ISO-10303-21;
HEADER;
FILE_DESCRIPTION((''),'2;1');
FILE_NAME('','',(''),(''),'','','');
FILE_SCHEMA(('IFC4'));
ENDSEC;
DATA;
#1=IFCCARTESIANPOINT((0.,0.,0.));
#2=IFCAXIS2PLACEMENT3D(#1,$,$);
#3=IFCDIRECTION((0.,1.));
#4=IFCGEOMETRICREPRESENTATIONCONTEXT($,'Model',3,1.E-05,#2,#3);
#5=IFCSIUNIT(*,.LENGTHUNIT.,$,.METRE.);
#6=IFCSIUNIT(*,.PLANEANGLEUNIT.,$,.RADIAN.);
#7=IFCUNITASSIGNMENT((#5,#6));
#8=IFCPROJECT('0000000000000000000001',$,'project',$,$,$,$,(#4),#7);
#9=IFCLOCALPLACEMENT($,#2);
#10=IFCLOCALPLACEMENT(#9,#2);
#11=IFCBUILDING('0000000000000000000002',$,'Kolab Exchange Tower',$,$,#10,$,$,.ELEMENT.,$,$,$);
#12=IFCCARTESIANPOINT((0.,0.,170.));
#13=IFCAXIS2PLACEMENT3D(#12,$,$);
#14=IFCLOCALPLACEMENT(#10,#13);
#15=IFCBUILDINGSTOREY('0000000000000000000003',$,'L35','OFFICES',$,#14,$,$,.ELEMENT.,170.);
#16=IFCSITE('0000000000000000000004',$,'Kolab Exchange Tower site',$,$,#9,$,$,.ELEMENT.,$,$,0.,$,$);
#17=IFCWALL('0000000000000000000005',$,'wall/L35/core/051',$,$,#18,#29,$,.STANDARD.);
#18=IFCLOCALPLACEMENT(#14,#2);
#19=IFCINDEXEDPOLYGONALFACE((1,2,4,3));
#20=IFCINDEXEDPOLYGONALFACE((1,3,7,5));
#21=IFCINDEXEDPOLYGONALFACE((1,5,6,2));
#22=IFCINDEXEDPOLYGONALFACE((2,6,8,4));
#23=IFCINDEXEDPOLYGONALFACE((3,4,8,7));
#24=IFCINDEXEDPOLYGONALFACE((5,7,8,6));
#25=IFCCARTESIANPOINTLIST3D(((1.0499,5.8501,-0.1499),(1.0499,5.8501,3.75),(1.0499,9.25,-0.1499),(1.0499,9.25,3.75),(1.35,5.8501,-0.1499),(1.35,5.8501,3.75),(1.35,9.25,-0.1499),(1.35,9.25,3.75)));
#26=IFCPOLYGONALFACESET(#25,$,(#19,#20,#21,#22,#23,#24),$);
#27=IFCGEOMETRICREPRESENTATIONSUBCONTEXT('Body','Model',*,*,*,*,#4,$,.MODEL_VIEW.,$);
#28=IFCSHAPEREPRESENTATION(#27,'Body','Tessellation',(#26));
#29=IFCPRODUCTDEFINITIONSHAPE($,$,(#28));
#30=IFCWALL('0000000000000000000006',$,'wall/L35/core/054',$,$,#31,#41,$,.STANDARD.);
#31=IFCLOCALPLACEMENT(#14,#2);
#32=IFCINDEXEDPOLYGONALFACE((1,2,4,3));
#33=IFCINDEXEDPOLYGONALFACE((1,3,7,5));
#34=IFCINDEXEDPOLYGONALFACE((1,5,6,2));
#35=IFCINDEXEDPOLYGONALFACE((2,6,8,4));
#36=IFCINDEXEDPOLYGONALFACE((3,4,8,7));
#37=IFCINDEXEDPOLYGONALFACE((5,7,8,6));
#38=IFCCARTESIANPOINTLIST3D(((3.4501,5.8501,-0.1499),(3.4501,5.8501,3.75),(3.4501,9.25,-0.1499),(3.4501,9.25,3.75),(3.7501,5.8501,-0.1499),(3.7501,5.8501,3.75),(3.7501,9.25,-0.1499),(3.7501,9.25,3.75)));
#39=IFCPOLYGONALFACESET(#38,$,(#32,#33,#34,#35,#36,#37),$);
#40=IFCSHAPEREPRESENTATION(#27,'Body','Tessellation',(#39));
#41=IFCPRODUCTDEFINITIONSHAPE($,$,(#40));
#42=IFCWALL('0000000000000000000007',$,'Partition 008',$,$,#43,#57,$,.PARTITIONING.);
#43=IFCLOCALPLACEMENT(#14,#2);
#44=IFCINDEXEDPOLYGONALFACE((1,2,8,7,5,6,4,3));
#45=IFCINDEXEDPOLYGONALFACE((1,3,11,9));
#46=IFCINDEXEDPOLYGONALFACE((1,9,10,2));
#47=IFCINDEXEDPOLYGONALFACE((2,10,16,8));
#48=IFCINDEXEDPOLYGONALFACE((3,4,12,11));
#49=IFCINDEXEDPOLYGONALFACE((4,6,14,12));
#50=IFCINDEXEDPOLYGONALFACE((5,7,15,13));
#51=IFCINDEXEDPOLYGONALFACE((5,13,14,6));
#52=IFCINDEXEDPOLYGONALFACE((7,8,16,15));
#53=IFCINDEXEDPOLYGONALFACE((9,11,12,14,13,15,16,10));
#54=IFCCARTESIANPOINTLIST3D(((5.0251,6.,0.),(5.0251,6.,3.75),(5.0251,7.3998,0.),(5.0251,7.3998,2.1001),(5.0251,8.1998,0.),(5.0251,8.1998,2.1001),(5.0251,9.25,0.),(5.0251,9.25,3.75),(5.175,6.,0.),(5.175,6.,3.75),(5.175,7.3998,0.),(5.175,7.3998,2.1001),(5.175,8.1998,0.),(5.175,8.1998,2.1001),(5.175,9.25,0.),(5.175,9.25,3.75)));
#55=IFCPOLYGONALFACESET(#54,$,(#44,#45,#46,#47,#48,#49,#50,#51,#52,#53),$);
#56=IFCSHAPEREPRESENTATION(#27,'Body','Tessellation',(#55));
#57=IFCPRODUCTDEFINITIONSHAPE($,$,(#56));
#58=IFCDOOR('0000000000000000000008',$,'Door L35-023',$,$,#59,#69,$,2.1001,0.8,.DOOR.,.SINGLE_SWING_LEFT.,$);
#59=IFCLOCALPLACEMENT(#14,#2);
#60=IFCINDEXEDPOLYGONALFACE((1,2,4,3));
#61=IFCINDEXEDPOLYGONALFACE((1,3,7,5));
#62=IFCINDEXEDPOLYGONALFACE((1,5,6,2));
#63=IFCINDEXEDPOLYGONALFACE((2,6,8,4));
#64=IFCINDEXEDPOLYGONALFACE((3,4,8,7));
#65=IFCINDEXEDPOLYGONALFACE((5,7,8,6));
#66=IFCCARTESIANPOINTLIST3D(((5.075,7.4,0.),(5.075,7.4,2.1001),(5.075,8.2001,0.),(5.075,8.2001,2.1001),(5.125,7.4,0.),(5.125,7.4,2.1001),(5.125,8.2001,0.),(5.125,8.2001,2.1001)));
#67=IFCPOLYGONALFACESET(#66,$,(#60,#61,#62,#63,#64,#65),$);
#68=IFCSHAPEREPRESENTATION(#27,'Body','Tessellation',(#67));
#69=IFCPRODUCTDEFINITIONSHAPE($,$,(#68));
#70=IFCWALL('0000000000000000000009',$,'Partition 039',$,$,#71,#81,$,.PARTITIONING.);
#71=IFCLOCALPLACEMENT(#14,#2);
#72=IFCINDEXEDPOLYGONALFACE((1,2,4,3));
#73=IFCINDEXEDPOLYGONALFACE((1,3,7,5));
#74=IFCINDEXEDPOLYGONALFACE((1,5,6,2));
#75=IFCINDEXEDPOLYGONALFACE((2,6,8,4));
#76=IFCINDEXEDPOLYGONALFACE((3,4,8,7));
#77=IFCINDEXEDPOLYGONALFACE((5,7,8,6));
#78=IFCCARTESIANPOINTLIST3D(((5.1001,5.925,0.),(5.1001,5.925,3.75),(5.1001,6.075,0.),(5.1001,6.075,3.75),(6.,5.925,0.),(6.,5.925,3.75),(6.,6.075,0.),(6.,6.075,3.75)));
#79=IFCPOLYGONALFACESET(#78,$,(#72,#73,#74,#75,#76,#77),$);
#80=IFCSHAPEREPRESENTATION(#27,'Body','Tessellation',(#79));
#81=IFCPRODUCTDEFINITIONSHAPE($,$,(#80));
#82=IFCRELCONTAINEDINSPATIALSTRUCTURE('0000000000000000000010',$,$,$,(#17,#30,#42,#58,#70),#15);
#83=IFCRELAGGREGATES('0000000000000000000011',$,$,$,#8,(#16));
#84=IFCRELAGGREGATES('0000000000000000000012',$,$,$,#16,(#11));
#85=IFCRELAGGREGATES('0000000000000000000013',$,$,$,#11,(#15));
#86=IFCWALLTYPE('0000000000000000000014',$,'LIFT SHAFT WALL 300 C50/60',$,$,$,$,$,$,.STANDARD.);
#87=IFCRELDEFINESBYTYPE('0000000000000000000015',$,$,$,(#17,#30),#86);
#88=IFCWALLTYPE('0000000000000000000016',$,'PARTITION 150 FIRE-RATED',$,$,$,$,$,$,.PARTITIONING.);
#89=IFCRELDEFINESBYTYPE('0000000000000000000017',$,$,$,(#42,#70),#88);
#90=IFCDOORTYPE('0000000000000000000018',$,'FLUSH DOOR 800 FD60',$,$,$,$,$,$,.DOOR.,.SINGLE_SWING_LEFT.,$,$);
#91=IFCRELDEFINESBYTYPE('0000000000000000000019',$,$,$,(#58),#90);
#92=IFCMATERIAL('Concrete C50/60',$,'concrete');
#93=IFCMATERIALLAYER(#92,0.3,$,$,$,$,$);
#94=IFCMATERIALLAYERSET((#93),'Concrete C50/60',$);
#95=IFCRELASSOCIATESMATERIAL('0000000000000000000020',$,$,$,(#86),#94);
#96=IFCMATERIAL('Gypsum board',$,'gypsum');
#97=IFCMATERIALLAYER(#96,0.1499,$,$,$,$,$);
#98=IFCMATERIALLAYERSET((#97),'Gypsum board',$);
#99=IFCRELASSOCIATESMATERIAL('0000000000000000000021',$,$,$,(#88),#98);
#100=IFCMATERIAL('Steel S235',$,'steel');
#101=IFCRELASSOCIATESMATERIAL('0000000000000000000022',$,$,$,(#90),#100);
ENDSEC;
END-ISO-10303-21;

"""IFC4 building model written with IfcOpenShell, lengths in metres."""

from ifc_helpers import new_model, si_unit, direction, frame, frame_2d, origin, place, context, subcontext, project, spatial, rectangle, extrude, material, layer, layer_set, type_object, element, fill, save


model = new_model("IFC4")

# Units and contexts
model_context = context("Model", 3, precision=1e-05, world=origin(), true_north=direction((0.0, 1.0)))
body_context = subcontext(model_context, "Body", "Model", "MODEL_VIEW")
ifc_project = project(units=[si_unit("LENGTHUNIT", "METRE"), si_unit("PLANEANGLEUNIT", "RADIAN")], contexts=[model_context])

# Site, building, storey
site_placement = place(None, origin())
site = spatial("IfcSite", under=ifc_project, at=site_placement, Name="Kolab Exchange Tower site", CompositionType="ELEMENT", RefElevation=0.0)
building_placement = place(site_placement, origin())
building = spatial("IfcBuilding", under=site, at=building_placement, Name="Kolab Exchange Tower", CompositionType="ELEMENT")
storey_placement = place(building_placement, frame((0.0, 0.0, 170.0)))
storey = spatial("IfcBuildingStorey", under=building, at=storey_placement, Name="L35", Description="OFFICES", CompositionType="ELEMENT", Elevation=170.0)

# Shared definitions
ifc_material_1 = material(Name="Concrete C50/60", Category="concrete")

# Shared definitions
ifc_layer_1 = layer(ifc_material_1, 0.3)
ifc_layer_set_1 = layer_set([ifc_layer_1], Name="Concrete C50/60")
wall_type_1 = type_object("IfcWallType", Name="LIFT SHAFT WALL 300 C50/60", PredefinedType="STANDARD", material=ifc_layer_set_1)

# Walls
for number, where, z_axis, x_axis, name in (
    (1, (1.2, 5.8501, -0.1499), (0.0, 0.0, 1.0), (0.0, 1.0, 0.0), "wall/L35/core/051"),
    (2, (3.6001, 5.8501, -0.1499), (0.0, 0.0, 1.0), (0.0, 1.0, 0.0), "wall/L35/core/054"),
):
    element("IfcWall", number, at=place(storey_placement, frame(where, z_axis=z_axis, x_axis=x_axis)), inside=storey, type_object=wall_type_1, Name=name, PredefinedType="STANDARD", context=body_context, shape_type="SweptSolid", body=[
        extrude(rectangle(XDim=3.3999, YDim=0.3, at=frame_2d((1.7, 0.0))), origin(), (0.0, 0.0, 1.0), 3.8999),
    ])

# Wall, opening, door
ifc_material_2 = material(Name="Gypsum board", Category="gypsum")
ifc_layer_2 = layer(ifc_material_2, 0.1499)
ifc_layer_set_2 = layer_set([ifc_layer_2], Name="Gypsum board")
wall_type_2 = type_object("IfcWallType", Name="PARTITION 150 FIRE-RATED", PredefinedType="PARTITIONING", material=ifc_layer_set_2)
wall_1_placement = place(storey_placement, frame((5.1001, 6.0, 0.0), z_axis=(0.0, 0.0, 1.0), x_axis=(0.0, 1.0, 0.0)))
wall_1 = element("IfcWall", 3, at=wall_1_placement, inside=storey, type_object=wall_type_2, Name="Partition 008", PredefinedType="PARTITIONING", context=body_context, shape_type="SweptSolid", body=[
    extrude(rectangle(XDim=3.25, YDim=0.1499, at=frame_2d((1.625, 0.0))), origin(), (0.0, 0.0, 1.0), 3.75),
])
opening_1_placement = place(wall_1_placement, frame((1.3999, 0.0, 0.0)))
opening_1 = element("IfcOpeningElement", 4, at=opening_1_placement, cuts=wall_1, PredefinedType="OPENING", context=body_context, shape_type="SweptSolid", body=[
    extrude(rectangle(XDim=0.8, YDim=2.1001, at=frame_2d((0.3999, 1.05))), frame((0.0, 0.085, 0.0), z_axis=(0.0, -1.0, 0.0), x_axis=(1.0, 0.0, 0.0)), (0.0, 0.0, 1.0), 0.1699),
])
ifc_material_3 = material(Name="Steel S235", Category="steel")
door_type_1 = type_object("IfcDoorType", Name="FLUSH DOOR 800 FD60", OperationType="SINGLE_SWING_LEFT", PredefinedType="DOOR", material=ifc_material_3)
door_1_placement = place(opening_1_placement, frame((0.8, 0.0, 0.0), z_axis=(0.0, 0.0, 1.0), x_axis=(-1.0, 0.0, 0.0)))
door_1 = element("IfcDoor", 5, at=door_1_placement, inside=storey, type_object=door_type_1, Name="Door L35-023", OperationType="SINGLE_SWING_LEFT", OverallHeight=2.1001, OverallWidth=0.8, PredefinedType="DOOR", context=body_context, shape_type="SweptSolid", body=[
    extrude(rectangle(XDim=0.8, YDim=2.1001, at=frame_2d((0.3999, 1.05))), frame((0.0, 0.0249, 0.0), z_axis=(0.0, -1.0, 0.0), x_axis=(1.0, 0.0, 0.0)), (0.0, 0.0, 1.0), 0.05),
])
fill(opening_1, door_1)

# Wall
wall_2_placement = place(storey_placement, frame((5.1001, 6.0, 0.0), z_axis=(0.0, 0.0, 1.0), x_axis=(1.0, 0.0, 0.0)))
element("IfcWall", 6, at=wall_2_placement, inside=storey, type_object=wall_type_2, Name="Partition 039", PredefinedType="PARTITIONING", context=body_context, shape_type="SweptSolid", body=[
    extrude(rectangle(XDim=0.8999, YDim=0.1499, at=frame_2d((0.45, 0.0))), origin(), (0.0, 0.0, 1.0), 3.75),
])

save(model, "model.ifc")
